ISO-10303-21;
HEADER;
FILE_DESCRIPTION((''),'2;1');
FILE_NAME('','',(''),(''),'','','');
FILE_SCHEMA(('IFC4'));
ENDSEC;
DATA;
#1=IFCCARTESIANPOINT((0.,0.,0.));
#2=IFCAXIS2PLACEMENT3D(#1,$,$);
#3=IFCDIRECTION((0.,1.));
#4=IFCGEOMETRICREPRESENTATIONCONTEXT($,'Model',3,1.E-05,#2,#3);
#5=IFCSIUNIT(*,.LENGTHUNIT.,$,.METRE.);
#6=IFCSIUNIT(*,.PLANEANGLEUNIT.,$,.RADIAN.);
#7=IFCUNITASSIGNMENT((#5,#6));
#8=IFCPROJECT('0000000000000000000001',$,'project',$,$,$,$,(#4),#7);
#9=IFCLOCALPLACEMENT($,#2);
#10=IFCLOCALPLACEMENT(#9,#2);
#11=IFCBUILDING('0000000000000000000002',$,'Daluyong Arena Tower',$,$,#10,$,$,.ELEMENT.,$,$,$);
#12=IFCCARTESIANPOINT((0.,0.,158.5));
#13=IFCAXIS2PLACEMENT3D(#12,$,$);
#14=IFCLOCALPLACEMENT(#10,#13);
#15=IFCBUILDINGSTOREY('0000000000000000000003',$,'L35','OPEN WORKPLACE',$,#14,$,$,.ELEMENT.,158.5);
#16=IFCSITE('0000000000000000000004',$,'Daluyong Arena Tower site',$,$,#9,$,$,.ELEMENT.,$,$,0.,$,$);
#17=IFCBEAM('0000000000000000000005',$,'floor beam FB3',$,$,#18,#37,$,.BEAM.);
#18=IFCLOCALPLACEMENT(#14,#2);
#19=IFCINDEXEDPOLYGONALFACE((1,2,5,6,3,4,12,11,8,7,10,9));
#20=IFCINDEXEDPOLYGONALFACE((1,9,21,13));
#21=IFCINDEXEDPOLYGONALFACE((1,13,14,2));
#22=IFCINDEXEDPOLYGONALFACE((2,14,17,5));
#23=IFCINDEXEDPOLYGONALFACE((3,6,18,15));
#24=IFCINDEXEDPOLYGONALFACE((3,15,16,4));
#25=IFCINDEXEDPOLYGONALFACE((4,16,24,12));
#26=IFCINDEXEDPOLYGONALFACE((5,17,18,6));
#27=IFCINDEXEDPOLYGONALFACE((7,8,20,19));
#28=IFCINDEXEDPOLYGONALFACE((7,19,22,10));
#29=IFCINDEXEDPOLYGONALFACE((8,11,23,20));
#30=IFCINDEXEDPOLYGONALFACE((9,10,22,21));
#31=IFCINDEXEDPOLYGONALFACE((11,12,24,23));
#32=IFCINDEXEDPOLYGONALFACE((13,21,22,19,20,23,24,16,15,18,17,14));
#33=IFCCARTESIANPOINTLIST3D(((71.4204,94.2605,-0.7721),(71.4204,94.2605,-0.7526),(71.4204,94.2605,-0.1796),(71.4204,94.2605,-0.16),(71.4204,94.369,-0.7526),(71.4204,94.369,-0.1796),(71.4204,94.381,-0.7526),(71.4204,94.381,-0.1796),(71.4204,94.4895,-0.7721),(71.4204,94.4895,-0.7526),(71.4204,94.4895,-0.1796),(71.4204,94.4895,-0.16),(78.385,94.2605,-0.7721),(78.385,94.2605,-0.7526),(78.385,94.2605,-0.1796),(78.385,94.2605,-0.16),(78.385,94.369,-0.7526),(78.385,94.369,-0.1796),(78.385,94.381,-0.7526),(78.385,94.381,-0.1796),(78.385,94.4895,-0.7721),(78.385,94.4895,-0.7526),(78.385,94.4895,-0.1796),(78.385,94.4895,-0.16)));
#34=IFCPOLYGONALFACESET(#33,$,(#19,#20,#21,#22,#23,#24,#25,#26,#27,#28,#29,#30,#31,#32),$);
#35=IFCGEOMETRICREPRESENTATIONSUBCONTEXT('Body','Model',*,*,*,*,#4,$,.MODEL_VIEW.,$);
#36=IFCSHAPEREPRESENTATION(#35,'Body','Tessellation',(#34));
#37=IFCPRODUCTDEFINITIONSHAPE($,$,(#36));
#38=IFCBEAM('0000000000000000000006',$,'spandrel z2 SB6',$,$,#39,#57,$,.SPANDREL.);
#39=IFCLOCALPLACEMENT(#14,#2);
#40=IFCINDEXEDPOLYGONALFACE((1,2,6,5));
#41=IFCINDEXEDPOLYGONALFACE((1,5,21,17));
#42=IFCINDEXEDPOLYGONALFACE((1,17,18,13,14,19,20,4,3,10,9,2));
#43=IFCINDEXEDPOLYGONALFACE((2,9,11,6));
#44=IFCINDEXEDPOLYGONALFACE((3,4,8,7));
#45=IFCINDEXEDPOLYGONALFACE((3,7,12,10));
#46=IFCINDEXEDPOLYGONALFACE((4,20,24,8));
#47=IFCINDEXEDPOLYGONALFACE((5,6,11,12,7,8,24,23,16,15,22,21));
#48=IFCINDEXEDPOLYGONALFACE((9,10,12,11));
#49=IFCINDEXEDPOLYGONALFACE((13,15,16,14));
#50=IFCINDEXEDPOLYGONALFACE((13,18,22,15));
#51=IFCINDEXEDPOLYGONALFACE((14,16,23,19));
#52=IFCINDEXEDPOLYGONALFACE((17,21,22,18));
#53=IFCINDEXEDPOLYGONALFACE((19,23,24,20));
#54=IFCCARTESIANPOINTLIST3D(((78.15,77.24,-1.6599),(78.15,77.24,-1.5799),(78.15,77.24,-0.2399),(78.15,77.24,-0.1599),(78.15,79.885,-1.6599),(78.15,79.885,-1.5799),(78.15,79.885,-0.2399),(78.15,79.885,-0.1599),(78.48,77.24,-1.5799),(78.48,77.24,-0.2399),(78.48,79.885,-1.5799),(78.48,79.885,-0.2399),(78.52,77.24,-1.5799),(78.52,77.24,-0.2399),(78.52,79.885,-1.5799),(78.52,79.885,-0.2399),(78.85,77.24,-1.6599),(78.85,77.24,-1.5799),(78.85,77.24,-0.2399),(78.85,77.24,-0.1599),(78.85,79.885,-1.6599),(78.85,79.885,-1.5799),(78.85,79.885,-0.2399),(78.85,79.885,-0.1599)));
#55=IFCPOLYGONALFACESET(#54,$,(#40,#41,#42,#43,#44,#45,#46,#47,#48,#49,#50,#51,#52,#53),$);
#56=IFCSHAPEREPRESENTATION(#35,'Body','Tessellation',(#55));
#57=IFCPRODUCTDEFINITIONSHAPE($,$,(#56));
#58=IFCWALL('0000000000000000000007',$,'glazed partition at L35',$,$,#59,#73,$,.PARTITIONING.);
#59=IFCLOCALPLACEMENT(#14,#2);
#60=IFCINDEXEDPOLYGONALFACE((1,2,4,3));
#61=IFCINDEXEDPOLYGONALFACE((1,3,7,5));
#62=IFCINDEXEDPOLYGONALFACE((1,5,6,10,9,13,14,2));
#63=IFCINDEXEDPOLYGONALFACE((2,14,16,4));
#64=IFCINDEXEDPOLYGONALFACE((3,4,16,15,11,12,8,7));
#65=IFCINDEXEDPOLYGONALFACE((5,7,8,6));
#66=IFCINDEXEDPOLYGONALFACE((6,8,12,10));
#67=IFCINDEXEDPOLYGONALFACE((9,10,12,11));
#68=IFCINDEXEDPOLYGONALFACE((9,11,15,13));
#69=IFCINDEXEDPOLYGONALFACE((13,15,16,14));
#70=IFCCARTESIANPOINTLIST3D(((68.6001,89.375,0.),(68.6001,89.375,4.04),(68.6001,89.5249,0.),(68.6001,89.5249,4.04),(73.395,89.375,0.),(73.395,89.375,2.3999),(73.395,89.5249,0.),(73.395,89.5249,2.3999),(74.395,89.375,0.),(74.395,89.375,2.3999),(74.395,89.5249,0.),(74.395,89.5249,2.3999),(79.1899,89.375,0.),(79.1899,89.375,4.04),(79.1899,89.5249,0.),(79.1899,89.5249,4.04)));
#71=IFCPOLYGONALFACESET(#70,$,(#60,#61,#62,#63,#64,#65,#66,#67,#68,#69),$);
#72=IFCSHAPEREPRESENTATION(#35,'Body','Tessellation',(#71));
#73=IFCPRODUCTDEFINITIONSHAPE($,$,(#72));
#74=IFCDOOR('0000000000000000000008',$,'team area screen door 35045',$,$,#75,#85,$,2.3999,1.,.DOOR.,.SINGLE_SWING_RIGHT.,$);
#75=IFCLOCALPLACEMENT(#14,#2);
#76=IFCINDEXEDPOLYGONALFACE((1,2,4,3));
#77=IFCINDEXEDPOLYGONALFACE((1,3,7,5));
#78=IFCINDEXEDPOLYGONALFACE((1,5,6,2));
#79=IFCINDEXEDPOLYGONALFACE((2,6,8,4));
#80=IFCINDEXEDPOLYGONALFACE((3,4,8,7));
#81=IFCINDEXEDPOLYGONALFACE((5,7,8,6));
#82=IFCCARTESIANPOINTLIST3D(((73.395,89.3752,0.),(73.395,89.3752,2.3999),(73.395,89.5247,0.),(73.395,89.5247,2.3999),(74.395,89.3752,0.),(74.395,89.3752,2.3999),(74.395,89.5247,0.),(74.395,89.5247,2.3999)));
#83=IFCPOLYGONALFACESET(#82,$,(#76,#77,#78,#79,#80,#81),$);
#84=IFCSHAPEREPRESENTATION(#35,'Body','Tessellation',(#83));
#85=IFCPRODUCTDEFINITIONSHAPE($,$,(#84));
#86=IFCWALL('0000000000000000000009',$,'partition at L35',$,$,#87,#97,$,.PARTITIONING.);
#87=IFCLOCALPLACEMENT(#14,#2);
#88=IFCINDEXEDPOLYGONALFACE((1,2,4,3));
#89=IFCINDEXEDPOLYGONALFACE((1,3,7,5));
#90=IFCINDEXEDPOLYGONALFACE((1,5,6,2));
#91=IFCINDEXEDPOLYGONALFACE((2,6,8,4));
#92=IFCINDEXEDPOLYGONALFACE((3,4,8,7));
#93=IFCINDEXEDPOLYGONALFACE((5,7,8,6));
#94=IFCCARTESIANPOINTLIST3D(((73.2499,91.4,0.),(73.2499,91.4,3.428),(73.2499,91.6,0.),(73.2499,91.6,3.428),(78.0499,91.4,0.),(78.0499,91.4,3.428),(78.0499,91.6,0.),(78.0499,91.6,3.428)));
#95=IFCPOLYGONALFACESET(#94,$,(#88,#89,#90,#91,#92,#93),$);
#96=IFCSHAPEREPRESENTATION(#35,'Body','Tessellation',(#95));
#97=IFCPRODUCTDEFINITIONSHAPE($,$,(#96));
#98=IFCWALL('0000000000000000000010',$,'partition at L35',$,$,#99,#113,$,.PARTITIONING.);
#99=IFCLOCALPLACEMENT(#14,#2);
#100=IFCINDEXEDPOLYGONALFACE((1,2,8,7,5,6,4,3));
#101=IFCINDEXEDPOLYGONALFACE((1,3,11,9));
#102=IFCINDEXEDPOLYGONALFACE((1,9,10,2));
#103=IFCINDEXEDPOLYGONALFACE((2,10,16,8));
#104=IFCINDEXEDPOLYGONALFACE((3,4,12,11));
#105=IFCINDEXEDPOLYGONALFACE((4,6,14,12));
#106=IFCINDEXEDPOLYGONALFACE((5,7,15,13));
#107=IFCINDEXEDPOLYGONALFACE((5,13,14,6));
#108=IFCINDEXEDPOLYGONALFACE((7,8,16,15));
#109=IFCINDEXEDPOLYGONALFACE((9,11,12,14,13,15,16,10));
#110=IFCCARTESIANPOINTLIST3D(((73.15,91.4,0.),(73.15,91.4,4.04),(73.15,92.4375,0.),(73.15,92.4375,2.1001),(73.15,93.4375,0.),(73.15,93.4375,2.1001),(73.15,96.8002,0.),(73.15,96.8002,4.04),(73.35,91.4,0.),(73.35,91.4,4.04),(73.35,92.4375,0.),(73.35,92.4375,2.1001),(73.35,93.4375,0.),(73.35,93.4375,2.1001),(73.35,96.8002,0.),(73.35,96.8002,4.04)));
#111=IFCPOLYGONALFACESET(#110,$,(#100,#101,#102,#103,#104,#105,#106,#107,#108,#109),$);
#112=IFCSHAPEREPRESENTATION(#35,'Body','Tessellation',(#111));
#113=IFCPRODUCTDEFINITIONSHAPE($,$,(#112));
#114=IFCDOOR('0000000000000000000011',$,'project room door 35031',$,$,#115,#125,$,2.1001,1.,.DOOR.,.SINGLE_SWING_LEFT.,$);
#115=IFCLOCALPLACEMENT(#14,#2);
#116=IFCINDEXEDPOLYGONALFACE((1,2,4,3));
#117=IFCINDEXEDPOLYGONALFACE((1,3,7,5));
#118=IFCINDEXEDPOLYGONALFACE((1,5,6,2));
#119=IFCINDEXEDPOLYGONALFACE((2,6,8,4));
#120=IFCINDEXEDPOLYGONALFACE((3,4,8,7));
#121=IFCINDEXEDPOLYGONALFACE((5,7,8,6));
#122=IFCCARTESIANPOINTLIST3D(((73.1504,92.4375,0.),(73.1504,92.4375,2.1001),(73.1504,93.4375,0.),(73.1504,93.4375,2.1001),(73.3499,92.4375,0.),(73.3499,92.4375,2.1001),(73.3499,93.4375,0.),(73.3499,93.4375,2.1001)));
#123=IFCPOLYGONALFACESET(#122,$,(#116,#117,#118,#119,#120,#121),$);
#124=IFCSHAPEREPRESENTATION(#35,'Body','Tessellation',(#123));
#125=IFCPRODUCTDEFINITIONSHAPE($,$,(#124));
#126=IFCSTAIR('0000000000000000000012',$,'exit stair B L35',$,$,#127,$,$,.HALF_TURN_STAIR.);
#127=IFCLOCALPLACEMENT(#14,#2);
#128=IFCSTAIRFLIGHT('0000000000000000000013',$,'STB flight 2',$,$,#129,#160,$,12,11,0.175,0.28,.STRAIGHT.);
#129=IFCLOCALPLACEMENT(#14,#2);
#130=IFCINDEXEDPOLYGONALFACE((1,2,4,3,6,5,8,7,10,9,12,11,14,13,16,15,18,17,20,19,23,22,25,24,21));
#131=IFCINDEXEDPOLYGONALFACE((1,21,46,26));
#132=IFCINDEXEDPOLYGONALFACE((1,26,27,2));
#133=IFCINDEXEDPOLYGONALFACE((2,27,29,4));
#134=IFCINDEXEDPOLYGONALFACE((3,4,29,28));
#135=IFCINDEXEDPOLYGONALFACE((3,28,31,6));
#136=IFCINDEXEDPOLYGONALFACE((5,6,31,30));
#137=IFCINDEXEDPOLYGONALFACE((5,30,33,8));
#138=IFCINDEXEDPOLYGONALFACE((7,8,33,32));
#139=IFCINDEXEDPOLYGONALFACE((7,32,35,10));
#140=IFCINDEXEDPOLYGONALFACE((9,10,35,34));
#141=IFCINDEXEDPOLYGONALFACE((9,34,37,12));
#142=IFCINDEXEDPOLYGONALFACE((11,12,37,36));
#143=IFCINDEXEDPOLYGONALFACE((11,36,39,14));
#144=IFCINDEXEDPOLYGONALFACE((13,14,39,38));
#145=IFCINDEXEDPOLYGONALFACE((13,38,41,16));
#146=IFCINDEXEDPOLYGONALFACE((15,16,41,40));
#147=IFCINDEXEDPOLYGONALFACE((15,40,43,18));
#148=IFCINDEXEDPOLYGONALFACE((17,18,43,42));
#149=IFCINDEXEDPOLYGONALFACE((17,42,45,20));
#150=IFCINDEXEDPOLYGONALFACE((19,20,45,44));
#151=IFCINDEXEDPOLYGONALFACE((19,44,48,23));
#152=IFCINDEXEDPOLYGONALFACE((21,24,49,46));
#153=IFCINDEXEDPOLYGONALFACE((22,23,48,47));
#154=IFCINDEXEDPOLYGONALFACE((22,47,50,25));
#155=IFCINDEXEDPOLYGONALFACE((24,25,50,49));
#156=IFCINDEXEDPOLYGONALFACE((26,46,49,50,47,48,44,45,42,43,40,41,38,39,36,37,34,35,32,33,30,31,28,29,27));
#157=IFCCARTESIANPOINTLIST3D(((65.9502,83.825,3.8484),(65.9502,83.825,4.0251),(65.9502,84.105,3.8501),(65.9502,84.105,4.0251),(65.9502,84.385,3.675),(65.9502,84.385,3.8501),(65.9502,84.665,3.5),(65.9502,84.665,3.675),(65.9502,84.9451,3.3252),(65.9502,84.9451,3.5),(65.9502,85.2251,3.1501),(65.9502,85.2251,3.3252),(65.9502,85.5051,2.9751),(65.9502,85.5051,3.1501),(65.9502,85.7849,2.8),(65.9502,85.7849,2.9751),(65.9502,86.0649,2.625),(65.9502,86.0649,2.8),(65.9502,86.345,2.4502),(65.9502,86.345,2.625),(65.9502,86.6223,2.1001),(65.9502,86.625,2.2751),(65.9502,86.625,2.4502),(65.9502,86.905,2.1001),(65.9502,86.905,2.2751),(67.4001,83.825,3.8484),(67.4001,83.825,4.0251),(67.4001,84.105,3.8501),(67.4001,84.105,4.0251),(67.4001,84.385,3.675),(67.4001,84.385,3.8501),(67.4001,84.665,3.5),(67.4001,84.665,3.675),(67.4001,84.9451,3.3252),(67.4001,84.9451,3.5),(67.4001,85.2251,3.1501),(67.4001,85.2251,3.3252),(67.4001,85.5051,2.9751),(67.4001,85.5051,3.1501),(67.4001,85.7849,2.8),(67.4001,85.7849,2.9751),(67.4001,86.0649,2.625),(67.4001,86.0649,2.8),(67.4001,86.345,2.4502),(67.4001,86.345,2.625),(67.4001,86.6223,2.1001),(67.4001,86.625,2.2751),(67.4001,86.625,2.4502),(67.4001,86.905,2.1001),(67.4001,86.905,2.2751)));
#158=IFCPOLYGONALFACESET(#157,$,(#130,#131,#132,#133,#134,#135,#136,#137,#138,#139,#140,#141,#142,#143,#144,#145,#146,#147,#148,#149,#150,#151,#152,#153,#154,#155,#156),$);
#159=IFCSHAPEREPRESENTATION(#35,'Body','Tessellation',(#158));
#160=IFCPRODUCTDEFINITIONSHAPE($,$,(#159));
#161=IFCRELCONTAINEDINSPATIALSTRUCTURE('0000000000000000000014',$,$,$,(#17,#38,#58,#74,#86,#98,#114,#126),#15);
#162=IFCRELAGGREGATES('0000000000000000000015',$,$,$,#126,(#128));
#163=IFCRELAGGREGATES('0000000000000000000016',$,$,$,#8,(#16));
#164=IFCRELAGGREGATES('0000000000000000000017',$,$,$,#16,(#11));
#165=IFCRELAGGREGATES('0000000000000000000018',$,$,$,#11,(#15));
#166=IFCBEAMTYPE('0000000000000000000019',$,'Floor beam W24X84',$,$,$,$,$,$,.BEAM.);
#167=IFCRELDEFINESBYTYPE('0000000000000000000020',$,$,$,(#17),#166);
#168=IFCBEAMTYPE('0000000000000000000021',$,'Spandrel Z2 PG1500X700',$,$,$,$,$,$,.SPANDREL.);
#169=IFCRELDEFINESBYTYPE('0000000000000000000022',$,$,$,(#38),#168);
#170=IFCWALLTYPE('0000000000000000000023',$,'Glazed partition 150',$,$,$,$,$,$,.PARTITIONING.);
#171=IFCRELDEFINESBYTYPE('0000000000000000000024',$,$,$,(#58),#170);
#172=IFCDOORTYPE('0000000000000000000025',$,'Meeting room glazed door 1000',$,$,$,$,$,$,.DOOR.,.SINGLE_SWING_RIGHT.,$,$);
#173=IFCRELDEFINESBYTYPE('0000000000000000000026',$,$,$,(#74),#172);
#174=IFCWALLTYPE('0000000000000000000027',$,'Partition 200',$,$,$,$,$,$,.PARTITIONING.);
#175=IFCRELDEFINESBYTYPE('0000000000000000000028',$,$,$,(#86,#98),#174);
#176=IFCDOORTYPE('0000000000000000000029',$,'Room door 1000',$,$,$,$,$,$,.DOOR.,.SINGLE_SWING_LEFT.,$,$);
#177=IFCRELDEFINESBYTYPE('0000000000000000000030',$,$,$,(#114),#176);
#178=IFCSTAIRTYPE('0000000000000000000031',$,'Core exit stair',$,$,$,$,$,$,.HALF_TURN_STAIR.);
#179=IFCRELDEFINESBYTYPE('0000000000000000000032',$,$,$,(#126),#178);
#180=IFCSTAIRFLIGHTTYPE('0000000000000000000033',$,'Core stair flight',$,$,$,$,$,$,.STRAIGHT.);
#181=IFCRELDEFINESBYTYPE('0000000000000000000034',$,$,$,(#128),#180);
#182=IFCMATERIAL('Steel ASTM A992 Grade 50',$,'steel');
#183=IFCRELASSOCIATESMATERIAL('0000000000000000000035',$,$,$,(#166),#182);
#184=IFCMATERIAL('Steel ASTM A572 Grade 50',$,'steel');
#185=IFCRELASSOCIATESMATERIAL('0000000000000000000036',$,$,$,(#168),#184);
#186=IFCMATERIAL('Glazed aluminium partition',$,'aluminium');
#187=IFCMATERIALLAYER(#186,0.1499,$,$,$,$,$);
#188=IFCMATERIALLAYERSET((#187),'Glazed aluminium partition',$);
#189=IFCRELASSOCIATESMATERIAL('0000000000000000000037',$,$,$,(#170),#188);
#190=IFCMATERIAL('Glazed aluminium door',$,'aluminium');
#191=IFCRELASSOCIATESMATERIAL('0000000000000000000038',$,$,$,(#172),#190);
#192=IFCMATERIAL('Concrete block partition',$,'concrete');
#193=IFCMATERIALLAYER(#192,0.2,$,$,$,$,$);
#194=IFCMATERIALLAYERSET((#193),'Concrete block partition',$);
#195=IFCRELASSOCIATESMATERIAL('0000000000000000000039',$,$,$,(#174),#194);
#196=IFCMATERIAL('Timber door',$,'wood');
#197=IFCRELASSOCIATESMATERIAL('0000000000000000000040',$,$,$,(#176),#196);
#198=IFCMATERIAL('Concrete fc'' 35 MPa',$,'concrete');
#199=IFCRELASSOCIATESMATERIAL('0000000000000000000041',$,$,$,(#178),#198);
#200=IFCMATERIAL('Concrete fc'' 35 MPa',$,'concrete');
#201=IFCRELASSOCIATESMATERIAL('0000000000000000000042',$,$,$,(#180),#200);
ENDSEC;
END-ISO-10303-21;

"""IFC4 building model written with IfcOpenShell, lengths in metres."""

from ifc_helpers import new_model, si_unit, direction, frame, frame_2d, origin, origin_2d, place, context, subcontext, project, spatial, polyline, rectangle, i_section, outline, extrude, material, layer, layer_set, material_profile, profile_set, type_object, element, fill, aggregate, save


model = new_model("IFC4")

# Units and contexts
model_context = context("Model", 3, precision=1e-05, world=origin(), true_north=direction((0.0, 1.0)))
body_context = subcontext(model_context, "Body", "Model", "MODEL_VIEW")
ifc_project = project(units=[si_unit("LENGTHUNIT", "METRE"), si_unit("PLANEANGLEUNIT", "RADIAN")], contexts=[model_context])

# Site, building, storey
site_placement = place(None, origin())
site = spatial("IfcSite", under=ifc_project, at=site_placement, Name="Daluyong Arena Tower site", CompositionType="ELEMENT", RefElevation=0.0)
building_placement = place(site_placement, origin())
building = spatial("IfcBuilding", under=site, at=building_placement, Name="Daluyong Arena Tower", CompositionType="ELEMENT")
storey_placement = place(building_placement, frame((0.0, 0.0, 158.5)))
storey = spatial("IfcBuildingStorey", under=building, at=storey_placement, Name="L35", Description="OPEN WORKPLACE", CompositionType="ELEMENT", Elevation=158.5)

# Beams
ifc_material_1 = material(Name="Steel ASTM A992 Grade 50", Category="steel")
ifc_material_profile_1 = material_profile(ifc_material_1, i_section(OverallWidth=0.229, OverallDepth=0.6121, WebThickness=0.012, FlangeThickness=0.0195, at=origin_2d()))
ifc_profile_set_1 = profile_set([ifc_material_profile_1], Name="Steel ASTM A992 Grade 50")
beam_type_1 = type_object("IfcBeamType", Name="Floor beam W24X84", PredefinedType="BEAM", material=ifc_profile_set_1)
beam_1_placement = place(storey_placement, frame((78.385, 94.375, -0.4661), z_axis=(-1.0, 0.0, 0.0), x_axis=(0.0, -1.0, 0.0)))
element("IfcBeam", 1, at=beam_1_placement, inside=storey, type_object=beam_type_1, Name="floor beam FB3", PredefinedType="BEAM", context=body_context, shape_type="SweptSolid", body=[
    extrude(i_section(OverallWidth=0.229, OverallDepth=0.6121, WebThickness=0.012, FlangeThickness=0.0195, at=origin_2d()), origin(), (0.0, 0.0, 1.0), 6.9646),
])
ifc_material_2 = material(Name="Steel ASTM A572 Grade 50", Category="steel")
ifc_material_profile_2 = material_profile(ifc_material_2, i_section(OverallWidth=0.7, OverallDepth=1.5, WebThickness=0.04, FlangeThickness=0.08, at=origin_2d()))
ifc_profile_set_2 = profile_set([ifc_material_profile_2], Name="Steel ASTM A572 Grade 50")
beam_type_2 = type_object("IfcBeamType", Name="Spandrel Z2 PG1500X700", PredefinedType="SPANDREL", material=ifc_profile_set_2)
beam_2_placement = place(storey_placement, frame((78.5, 77.24, -0.9099), z_axis=(0.0, 1.0, 0.0), x_axis=(-1.0, 0.0, 0.0)))
element("IfcBeam", 2, at=beam_2_placement, inside=storey, type_object=beam_type_2, Name="spandrel z2 SB6", PredefinedType="SPANDREL", context=body_context, shape_type="SweptSolid", body=[
    extrude(i_section(OverallWidth=0.7, OverallDepth=1.5, WebThickness=0.04, FlangeThickness=0.08, at=origin_2d()), origin(), (0.0, 0.0, 1.0), 2.645),
])

# Wall, opening, door
ifc_material_3 = material(Name="Glazed aluminium partition", Category="aluminium")
ifc_layer_1 = layer(ifc_material_3, 0.1499)
ifc_layer_set_1 = layer_set([ifc_layer_1], Name="Glazed aluminium partition")
wall_type_1 = type_object("IfcWallType", Name="Glazed partition 150", PredefinedType="PARTITIONING", material=ifc_layer_set_1)
wall_1_placement = place(storey_placement, frame((68.6001, 89.45, 0.0), z_axis=(0.0, 0.0, 1.0), x_axis=(1.0, 0.0, 0.0)))
wall_1 = element("IfcWall", 3, at=wall_1_placement, inside=storey, type_object=wall_type_1, Name="glazed partition at L35", PredefinedType="PARTITIONING", context=body_context, shape_type="SweptSolid", body=[
    extrude(rectangle(XDim=10.5898, YDim=0.1499, at=frame_2d((5.2949, 0.0))), origin(), (0.0, 0.0, 1.0), 4.04),
])
opening_1_placement = place(wall_1_placement, frame((4.7949, 0.0, 0.0)))
opening_1 = element("IfcOpeningElement", 4, at=opening_1_placement, cuts=wall_1, PredefinedType="OPENING", context=body_context, shape_type="SweptSolid", body=[
    extrude(rectangle(XDim=1.0, YDim=2.3999, at=frame_2d((0.5, 1.2))), frame((0.0, 0.085, 0.0), z_axis=(0.0, -1.0, 0.0), x_axis=(1.0, 0.0, 0.0)), (0.0, 0.0, 1.0), 0.1699),
])
ifc_material_4 = material(Name="Glazed aluminium door", Category="aluminium")
door_type_1 = type_object("IfcDoorType", Name="Meeting room glazed door 1000", OperationType="SINGLE_SWING_RIGHT", PredefinedType="DOOR", material=ifc_material_4)
door_1_placement = place(opening_1_placement, origin())
door_1 = element("IfcDoor", 5, at=door_1_placement, inside=storey, type_object=door_type_1, Name="team area screen door 35045", OperationType="SINGLE_SWING_RIGHT", OverallHeight=2.3999, OverallWidth=1.0, PredefinedType="DOOR", context=body_context, shape_type="SweptSolid", body=[
    extrude(rectangle(XDim=1.0, YDim=2.3999, at=frame_2d((0.5, 1.2))), frame((0.0, 0.0747, 0.0), z_axis=(0.0, -1.0, 0.0), x_axis=(1.0, 0.0, 0.0)), (0.0, 0.0, 1.0), 0.1494),
])
fill(opening_1, door_1)

# Wall
ifc_material_5 = material(Name="Concrete block partition", Category="concrete")
ifc_layer_2 = layer(ifc_material_5, 0.2)
ifc_layer_set_2 = layer_set([ifc_layer_2], Name="Concrete block partition")
wall_type_2 = type_object("IfcWallType", Name="Partition 200", PredefinedType="PARTITIONING", material=ifc_layer_set_2)
wall_2_placement = place(storey_placement, frame((73.25, 91.5, 0.0), z_axis=(0.0, 0.0, 1.0), x_axis=(1.0, 0.0, 0.0)))
element("IfcWall", 6, at=wall_2_placement, inside=storey, type_object=wall_type_2, Name="partition at L35", PredefinedType="PARTITIONING", context=body_context, shape_type="SweptSolid", body=[
    extrude(rectangle(XDim=4.8, YDim=0.2, at=frame_2d((2.3999, 0.0))), origin(), (0.0, 0.0, 1.0), 3.428),
])

# Wall, opening, door
wall_3_placement = place(storey_placement, frame((73.25, 91.3999, 0.0), z_axis=(0.0, 0.0, 1.0), x_axis=(0.0, 1.0, 0.0)))
wall_3 = element("IfcWall", 7, at=wall_3_placement, inside=storey, type_object=wall_type_2, Name="partition at L35", PredefinedType="PARTITIONING", context=body_context, shape_type="SweptSolid", body=[
    extrude(rectangle(XDim=5.4001, YDim=0.2, at=frame_2d((2.7002, 0.0))), origin(), (0.0, 0.0, 1.0), 4.04),
])
opening_2_placement = place(wall_3_placement, frame((1.0376, 0.0, 0.0)))
opening_2 = element("IfcOpeningElement", 8, at=opening_2_placement, cuts=wall_3, PredefinedType="OPENING", context=body_context, shape_type="SweptSolid", body=[
    extrude(rectangle(XDim=1.0, YDim=2.1001, at=frame_2d((0.5, 1.05))), frame((0.0, 0.1099, 0.0), z_axis=(0.0, -1.0, 0.0), x_axis=(1.0, 0.0, 0.0)), (0.0, 0.0, 1.0), 0.22),
])
ifc_material_6 = material(Name="Timber door", Category="wood")
door_type_2 = type_object("IfcDoorType", Name="Room door 1000", OperationType="SINGLE_SWING_LEFT", PredefinedType="DOOR", material=ifc_material_6)
door_2_placement = place(opening_2_placement, origin())
door_2 = element("IfcDoor", 9, at=door_2_placement, inside=storey, type_object=door_type_2, Name="project room door 35031", OperationType="SINGLE_SWING_LEFT", OverallHeight=2.1001, OverallWidth=1.0, PredefinedType="DOOR", context=body_context, shape_type="SweptSolid", body=[
    extrude(rectangle(XDim=1.0, YDim=2.1001, at=frame_2d((0.5, 1.05))), frame((0.0, 0.0996, 0.0), z_axis=(0.0, -1.0, 0.0), x_axis=(1.0, 0.0, 0.0)), (0.0, 0.0, 1.0), 0.1995),
])
fill(opening_2, door_2)

# Stair, stair flight
ifc_material_7 = material(Name="Concrete fc' 35 MPa", Category="concrete")
stair_type = type_object("IfcStairType", Name="Core exit stair", PredefinedType="HALF_TURN_STAIR", material=ifc_material_7)
stair_placement = place(storey_placement, origin())
stair = element("IfcStair", 10, at=stair_placement, inside=storey, type_object=stair_type, Name="exit stair B L35", PredefinedType="HALF_TURN_STAIR")
ifc_material_8 = material(Name="Concrete fc' 35 MPa", Category="concrete")
stair_flight_type = type_object("IfcStairFlightType", Name="Core stair flight", PredefinedType="STRAIGHT", material=ifc_material_8)
stair_flight_placement = place(storey_placement, frame((66.675, 86.905, 2.1001), z_axis=(0.0, 0.0, 1.0), x_axis=(0.0, -1.0, 0.0)))
stair_flight = element("IfcStairFlight", 11, at=stair_flight_placement, type_object=stair_flight_type, Name="STB flight 2", NumberOfRisers=12, NumberOfTreads=11, PredefinedType="STRAIGHT", RiserHeight=0.175, TreadLength=0.28, context=body_context, shape_type="SweptSolid", body=[
    extrude(outline(polyline([(0.0, 0.0), (0.0, 0.175), (0.28, 0.175), (0.28, 0.3501), (0.5601, 0.3501), (0.5601, 0.5249), (0.8401, 0.5249), (0.8401, 0.7), (1.1201, 0.7), (1.1201, 0.875), (1.3999, 0.875), (1.3999, 1.05), (1.6799, 1.05), (1.6799, 1.2251), (1.96, 1.2251), (1.96, 1.3999), (2.24, 1.3999), (2.24, 1.575), (2.52, 1.575), (2.52, 1.75), (2.8, 1.75), (2.8, 1.925), (3.0801, 1.925), (3.0801, 2.1001), (3.0801, 1.7483), (0.2827, 0.0), (0.0, 0.0)])), frame((0.0, 0.7251, 0.0), z_axis=(0.0, -1.0, 0.0), x_axis=(1.0, 0.0, 0.0)), (0.0, 0.0, 1.0), 1.45),
])
aggregate(stair, [stair_flight])

save(model, "model.ifc")
